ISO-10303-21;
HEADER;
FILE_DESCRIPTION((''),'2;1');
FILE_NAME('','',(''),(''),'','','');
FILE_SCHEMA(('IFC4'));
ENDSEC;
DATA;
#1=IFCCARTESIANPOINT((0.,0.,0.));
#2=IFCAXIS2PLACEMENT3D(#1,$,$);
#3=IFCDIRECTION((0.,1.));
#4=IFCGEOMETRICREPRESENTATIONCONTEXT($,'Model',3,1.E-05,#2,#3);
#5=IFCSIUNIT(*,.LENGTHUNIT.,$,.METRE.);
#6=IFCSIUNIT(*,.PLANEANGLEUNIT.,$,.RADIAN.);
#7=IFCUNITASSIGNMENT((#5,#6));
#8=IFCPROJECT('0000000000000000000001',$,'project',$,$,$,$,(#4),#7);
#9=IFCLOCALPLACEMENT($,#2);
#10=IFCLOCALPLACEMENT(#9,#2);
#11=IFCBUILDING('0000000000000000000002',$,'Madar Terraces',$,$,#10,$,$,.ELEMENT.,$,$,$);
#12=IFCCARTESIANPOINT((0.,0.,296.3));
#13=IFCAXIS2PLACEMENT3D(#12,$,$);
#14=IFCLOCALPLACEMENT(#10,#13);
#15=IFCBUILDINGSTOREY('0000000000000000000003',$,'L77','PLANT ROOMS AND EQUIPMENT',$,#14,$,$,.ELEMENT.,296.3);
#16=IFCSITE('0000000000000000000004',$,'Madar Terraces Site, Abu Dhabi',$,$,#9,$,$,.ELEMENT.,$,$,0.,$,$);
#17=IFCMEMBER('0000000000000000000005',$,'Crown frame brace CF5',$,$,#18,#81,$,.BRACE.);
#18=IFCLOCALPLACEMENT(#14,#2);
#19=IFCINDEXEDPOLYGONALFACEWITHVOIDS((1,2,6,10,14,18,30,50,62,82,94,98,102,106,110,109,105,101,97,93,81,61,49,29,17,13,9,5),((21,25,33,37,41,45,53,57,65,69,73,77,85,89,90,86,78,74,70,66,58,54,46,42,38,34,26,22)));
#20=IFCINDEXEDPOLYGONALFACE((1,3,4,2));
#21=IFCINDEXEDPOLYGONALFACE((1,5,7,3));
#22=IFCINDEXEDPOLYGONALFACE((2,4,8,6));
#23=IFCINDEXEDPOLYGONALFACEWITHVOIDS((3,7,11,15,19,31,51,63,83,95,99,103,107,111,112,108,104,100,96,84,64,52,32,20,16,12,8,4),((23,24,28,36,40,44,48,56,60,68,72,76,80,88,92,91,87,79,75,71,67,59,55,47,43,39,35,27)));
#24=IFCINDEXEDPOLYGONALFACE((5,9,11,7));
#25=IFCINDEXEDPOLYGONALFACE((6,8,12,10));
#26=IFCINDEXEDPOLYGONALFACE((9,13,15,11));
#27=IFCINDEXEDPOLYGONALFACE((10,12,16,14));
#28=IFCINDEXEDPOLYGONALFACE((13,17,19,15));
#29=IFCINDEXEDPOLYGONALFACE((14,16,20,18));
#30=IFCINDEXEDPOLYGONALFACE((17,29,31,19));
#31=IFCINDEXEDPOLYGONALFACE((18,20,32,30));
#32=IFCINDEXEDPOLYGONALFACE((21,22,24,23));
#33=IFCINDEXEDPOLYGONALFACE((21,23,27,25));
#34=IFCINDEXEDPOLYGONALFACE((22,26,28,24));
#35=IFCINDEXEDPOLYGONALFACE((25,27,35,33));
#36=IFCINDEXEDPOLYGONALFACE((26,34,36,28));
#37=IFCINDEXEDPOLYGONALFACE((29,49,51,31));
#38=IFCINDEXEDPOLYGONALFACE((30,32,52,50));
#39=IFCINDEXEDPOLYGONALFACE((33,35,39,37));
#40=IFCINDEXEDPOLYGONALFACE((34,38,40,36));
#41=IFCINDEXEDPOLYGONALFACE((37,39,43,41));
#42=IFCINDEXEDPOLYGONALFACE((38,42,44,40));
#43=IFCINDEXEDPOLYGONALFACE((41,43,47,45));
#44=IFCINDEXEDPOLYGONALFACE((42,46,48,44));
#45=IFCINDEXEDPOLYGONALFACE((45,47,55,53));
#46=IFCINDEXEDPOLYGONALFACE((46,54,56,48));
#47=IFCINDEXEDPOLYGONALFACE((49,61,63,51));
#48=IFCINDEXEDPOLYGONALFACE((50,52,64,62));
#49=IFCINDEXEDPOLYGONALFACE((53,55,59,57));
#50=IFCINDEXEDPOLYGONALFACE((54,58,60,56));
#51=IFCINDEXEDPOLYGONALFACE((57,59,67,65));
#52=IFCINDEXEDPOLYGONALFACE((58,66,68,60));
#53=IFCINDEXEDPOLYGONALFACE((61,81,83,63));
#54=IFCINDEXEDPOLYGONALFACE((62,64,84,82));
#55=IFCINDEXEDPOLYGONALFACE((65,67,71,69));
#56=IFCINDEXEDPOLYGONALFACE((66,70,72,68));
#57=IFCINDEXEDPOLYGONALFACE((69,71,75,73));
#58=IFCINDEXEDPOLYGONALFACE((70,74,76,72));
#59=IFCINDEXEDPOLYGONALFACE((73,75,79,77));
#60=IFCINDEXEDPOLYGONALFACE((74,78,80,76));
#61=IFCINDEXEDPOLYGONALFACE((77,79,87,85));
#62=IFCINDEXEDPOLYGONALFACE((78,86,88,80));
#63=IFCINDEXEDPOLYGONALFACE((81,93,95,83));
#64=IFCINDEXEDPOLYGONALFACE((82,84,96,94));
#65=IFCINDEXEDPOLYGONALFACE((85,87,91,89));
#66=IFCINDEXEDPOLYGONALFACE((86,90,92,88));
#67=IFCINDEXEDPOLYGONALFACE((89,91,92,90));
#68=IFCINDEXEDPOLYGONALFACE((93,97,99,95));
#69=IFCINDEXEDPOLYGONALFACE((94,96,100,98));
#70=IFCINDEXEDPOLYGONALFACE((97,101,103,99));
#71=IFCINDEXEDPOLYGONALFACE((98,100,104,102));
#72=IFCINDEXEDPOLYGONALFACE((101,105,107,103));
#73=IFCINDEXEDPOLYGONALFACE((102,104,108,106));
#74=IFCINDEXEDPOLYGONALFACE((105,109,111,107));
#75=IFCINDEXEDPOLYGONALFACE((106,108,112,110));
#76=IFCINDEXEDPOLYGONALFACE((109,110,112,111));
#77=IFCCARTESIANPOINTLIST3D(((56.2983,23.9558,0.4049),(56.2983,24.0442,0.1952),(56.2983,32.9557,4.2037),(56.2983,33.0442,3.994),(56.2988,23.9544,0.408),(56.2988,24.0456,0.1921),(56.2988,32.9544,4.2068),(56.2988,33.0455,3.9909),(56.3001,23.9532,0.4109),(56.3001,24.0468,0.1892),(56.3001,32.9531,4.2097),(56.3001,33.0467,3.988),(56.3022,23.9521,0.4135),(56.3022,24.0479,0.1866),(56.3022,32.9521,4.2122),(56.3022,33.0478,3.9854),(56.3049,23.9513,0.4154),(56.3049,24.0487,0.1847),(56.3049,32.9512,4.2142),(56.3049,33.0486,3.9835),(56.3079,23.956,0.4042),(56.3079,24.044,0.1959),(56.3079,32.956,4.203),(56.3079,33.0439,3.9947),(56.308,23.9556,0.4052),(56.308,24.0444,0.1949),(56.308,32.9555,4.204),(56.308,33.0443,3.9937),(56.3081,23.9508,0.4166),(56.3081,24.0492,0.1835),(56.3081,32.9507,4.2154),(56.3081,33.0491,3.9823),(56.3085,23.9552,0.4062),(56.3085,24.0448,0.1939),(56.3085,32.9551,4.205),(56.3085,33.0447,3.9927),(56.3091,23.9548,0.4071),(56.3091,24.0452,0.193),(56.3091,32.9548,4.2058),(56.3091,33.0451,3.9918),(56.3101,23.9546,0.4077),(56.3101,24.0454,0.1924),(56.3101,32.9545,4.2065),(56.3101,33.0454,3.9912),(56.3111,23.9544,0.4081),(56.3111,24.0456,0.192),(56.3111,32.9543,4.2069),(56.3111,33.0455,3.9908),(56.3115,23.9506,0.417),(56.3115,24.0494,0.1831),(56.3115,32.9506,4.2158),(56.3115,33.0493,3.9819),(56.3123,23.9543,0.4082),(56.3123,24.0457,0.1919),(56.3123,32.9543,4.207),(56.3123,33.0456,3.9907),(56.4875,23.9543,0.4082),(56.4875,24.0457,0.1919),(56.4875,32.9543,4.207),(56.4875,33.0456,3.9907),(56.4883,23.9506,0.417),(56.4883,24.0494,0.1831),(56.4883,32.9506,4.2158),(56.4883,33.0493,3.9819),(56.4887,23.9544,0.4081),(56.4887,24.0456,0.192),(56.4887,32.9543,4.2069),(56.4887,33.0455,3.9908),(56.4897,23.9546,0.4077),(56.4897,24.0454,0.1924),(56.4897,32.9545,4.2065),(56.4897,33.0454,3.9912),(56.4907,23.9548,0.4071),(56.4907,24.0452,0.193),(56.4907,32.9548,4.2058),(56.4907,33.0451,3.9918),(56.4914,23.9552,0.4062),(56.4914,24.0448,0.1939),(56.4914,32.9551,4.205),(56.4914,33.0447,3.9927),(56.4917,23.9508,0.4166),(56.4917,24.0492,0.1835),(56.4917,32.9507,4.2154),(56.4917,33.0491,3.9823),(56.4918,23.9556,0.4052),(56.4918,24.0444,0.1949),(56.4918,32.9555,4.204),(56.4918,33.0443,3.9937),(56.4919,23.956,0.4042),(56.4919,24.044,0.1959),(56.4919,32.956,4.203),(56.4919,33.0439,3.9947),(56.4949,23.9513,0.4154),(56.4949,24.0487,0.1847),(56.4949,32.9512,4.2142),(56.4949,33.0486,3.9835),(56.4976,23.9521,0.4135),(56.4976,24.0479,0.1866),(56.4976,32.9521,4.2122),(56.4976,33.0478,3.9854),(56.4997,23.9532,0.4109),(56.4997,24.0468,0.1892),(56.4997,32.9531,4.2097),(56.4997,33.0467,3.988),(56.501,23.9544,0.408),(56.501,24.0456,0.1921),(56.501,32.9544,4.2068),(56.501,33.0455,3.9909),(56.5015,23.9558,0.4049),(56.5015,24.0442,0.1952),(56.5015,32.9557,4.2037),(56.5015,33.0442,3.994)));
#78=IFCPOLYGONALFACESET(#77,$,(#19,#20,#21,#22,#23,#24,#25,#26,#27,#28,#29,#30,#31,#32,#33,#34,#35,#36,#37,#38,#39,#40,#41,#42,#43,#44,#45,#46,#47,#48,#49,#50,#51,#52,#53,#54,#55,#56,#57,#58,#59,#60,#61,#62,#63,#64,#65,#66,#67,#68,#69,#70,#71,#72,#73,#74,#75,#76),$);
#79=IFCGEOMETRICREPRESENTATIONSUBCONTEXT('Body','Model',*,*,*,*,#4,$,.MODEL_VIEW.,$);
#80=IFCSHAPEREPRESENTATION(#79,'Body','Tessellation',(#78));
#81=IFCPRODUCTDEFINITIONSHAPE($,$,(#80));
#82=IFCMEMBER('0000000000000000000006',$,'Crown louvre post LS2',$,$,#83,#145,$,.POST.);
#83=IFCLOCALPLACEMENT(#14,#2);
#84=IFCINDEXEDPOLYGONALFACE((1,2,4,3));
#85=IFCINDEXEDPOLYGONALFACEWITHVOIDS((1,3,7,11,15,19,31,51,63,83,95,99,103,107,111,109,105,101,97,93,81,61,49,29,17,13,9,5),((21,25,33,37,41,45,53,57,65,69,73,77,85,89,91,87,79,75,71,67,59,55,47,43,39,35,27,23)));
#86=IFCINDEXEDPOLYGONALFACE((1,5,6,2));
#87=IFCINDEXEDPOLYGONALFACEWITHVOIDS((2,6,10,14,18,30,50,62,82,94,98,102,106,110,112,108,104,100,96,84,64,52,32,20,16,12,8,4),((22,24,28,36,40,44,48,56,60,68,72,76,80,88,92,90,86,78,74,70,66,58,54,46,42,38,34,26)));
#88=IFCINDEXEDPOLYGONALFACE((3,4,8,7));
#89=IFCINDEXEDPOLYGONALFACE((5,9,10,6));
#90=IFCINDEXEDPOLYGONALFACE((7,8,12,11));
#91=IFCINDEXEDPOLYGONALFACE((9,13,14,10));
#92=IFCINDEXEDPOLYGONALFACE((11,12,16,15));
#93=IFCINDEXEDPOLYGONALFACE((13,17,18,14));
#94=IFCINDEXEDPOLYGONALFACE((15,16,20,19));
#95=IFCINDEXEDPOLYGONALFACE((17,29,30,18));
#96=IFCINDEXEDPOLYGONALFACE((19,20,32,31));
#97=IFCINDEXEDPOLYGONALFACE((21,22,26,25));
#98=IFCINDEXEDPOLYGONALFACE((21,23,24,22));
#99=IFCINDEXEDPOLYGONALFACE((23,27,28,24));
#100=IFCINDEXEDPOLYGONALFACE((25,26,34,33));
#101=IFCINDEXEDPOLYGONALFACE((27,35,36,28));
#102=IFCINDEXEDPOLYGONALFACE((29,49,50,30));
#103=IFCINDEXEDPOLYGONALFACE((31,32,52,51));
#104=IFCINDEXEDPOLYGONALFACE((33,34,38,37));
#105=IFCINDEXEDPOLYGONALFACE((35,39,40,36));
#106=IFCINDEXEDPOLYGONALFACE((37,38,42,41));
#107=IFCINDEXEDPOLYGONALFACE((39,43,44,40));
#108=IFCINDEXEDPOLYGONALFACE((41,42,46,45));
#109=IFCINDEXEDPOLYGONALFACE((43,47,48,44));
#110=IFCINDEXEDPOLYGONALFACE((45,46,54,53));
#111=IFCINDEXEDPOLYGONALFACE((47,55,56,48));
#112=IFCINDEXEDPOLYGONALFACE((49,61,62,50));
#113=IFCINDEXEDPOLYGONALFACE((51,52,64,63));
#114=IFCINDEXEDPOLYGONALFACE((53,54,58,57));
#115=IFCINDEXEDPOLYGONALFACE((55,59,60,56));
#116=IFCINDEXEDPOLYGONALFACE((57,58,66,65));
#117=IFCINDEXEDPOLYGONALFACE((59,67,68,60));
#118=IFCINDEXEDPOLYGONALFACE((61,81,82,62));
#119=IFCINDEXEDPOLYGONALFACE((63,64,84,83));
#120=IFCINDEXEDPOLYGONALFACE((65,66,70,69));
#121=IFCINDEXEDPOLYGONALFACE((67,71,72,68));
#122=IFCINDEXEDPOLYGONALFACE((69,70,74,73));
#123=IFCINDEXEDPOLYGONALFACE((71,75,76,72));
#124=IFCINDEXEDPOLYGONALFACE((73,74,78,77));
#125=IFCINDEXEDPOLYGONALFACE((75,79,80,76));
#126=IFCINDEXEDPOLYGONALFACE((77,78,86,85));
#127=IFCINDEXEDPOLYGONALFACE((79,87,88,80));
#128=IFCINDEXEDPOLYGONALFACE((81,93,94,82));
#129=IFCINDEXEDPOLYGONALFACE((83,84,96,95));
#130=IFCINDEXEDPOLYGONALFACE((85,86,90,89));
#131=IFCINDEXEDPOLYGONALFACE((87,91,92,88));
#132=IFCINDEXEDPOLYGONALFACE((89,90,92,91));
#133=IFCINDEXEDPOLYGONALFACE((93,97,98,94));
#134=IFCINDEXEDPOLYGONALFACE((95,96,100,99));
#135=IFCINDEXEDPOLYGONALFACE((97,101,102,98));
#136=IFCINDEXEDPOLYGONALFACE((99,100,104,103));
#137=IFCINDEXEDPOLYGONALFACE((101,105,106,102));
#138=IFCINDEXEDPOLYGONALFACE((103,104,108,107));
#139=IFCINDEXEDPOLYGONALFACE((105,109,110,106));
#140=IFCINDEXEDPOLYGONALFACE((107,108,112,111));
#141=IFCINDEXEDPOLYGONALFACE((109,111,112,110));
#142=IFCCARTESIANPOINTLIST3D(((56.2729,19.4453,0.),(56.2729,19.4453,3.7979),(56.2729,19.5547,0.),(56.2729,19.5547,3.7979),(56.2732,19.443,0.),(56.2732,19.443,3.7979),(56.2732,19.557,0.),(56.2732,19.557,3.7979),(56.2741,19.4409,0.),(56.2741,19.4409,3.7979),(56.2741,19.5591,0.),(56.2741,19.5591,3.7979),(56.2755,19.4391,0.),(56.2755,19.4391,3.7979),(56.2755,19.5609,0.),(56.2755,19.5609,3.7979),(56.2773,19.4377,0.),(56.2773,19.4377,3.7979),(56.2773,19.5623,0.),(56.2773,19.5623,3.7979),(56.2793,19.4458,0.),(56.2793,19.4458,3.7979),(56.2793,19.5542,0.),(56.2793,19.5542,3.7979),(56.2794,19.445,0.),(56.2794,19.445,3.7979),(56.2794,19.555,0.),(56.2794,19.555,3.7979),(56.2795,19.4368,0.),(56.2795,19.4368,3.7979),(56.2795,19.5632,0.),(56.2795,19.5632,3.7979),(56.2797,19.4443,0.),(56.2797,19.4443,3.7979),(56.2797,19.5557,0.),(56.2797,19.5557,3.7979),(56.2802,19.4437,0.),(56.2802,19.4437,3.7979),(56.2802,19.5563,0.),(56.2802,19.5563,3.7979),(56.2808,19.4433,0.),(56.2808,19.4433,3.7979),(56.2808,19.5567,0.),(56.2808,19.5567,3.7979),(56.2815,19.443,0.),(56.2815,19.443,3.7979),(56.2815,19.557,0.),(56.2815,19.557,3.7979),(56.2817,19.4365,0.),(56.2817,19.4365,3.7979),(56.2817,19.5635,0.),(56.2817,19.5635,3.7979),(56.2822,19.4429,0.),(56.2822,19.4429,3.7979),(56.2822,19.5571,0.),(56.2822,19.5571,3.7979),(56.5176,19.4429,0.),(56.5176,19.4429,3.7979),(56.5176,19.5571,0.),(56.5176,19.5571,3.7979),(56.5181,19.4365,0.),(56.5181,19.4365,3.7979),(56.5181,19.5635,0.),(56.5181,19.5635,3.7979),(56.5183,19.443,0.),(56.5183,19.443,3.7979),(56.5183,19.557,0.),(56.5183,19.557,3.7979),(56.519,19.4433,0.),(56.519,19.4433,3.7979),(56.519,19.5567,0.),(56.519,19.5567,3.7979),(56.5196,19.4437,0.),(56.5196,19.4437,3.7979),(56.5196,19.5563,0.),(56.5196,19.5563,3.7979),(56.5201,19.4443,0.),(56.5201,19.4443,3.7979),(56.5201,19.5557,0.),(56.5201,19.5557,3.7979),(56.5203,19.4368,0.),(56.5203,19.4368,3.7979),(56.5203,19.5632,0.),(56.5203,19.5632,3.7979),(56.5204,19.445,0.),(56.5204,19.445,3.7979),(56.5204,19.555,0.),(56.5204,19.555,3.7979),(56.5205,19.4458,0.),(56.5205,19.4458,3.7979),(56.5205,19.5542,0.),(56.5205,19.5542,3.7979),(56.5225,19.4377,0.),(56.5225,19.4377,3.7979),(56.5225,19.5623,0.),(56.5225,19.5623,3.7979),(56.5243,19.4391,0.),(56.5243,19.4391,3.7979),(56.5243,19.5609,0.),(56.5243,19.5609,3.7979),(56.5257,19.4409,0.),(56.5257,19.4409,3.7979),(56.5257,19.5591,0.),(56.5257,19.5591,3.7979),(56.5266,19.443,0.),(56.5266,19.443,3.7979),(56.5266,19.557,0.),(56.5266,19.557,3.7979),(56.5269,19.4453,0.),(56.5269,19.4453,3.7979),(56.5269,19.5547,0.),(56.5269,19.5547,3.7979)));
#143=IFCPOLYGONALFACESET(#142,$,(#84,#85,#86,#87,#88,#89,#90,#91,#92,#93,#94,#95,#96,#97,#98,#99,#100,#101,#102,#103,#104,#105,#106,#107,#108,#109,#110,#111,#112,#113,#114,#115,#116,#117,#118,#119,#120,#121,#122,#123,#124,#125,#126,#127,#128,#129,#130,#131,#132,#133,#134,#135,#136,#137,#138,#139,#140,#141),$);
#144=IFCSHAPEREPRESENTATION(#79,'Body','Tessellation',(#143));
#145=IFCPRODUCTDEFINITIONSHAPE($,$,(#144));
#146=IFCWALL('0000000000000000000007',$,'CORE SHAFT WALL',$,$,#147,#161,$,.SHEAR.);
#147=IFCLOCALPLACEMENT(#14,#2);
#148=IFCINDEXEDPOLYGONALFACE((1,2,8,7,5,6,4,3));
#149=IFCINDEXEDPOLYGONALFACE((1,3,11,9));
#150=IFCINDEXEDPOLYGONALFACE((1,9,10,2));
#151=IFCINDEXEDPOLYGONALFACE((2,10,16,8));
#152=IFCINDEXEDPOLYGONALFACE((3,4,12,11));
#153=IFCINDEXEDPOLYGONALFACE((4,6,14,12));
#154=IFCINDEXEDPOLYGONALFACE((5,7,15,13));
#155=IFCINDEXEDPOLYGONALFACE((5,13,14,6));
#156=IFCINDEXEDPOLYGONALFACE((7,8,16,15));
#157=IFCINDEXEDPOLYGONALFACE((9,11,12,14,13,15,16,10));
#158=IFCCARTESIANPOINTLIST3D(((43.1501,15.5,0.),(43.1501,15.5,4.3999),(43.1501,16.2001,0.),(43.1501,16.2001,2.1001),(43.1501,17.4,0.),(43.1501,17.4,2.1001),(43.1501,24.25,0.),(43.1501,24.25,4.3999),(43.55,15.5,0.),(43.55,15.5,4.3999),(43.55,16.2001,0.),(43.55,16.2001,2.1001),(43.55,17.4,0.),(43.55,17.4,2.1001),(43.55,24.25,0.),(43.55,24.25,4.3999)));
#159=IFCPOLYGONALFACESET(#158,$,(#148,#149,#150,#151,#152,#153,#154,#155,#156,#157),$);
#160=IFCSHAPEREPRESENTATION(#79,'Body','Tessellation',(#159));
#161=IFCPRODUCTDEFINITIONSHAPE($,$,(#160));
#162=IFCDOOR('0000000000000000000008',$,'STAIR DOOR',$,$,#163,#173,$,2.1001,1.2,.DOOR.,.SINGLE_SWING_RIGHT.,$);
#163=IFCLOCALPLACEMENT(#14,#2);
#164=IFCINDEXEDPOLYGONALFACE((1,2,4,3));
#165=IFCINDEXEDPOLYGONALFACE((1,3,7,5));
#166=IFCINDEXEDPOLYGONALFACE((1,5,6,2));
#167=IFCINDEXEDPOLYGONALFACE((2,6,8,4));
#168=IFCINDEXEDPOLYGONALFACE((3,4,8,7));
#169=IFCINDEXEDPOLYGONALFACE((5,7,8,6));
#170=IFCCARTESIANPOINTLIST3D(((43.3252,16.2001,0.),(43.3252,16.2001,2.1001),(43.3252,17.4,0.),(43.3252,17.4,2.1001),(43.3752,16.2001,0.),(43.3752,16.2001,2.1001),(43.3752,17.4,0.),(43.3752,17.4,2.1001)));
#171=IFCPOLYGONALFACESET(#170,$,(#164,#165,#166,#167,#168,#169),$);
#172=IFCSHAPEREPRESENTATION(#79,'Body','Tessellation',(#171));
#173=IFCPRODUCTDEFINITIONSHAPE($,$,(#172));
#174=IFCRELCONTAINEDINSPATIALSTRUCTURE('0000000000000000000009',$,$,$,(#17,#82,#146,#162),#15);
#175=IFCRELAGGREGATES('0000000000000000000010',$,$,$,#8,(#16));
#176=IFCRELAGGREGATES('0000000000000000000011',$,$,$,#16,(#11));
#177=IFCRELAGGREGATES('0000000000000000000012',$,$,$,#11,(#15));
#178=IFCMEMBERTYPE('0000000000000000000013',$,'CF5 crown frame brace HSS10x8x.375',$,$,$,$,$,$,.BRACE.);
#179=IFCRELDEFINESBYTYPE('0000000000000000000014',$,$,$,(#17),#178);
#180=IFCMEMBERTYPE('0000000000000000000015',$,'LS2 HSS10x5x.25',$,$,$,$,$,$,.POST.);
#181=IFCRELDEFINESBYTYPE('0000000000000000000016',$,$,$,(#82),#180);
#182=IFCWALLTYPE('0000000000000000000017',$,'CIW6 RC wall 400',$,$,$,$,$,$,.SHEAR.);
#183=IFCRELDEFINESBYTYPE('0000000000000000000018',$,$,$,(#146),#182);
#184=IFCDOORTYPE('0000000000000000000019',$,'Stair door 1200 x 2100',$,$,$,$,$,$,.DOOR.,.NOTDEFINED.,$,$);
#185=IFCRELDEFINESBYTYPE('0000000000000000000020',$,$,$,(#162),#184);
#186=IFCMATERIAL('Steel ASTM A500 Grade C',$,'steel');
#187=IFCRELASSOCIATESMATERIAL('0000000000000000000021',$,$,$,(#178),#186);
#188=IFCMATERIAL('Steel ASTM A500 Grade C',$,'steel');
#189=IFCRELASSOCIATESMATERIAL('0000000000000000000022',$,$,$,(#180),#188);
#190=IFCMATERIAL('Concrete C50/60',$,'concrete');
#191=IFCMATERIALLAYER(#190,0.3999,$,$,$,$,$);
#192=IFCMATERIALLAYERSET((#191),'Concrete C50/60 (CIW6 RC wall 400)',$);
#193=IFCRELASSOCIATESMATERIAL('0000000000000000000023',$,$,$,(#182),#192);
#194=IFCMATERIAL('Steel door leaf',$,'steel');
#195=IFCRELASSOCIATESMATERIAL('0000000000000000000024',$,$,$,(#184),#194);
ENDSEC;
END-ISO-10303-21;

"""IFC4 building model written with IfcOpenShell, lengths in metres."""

from ifc_helpers import new_model, si_unit, direction, frame, frame_2d, origin, origin_2d, place, context, subcontext, project, spatial, rectangle, hollow_rectangle, extrude, material, layer, layer_set, material_profile, profile_set, type_object, element, fill, save


model = new_model("IFC4")

# Units and contexts
model_context = context("Model", 3, precision=1e-05, world=origin(), true_north=direction((0.0, 1.0)))
body_context = subcontext(model_context, "Body", "Model", "MODEL_VIEW")
ifc_project = project(units=[si_unit("LENGTHUNIT", "METRE"), si_unit("PLANEANGLEUNIT", "RADIAN")], contexts=[model_context])

# Site, building, storey
site_placement = place(None, origin())
site = spatial("IfcSite", under=ifc_project, at=site_placement, Name="Madar Terraces Site, Abu Dhabi", CompositionType="ELEMENT", RefElevation=0.0)
building_placement = place(site_placement, origin())
building = spatial("IfcBuilding", under=site, at=building_placement, Name="Madar Terraces", CompositionType="ELEMENT")
storey_placement = place(building_placement, frame((0.0, 0.0, 296.3)))
storey = spatial("IfcBuildingStorey", under=building, at=storey_placement, Name="L77", Description="PLANT ROOMS AND EQUIPMENT", CompositionType="ELEMENT", Elevation=296.3)

# Members
ifc_material_1 = material(Name="Steel ASTM A500 Grade C", Category="steel")
ifc_material_profile_1 = material_profile(ifc_material_1, hollow_rectangle(XDim=0.2031, YDim=0.2539, WallThickness=0.0095, InnerFilletRadius=0.0044, OuterFilletRadius=0.0132, at=origin_2d()), Name="HSS10x8x.375")
ifc_profile_set_1 = profile_set([ifc_material_profile_1], Name="Steel ASTM A500 Grade C")
member_type_1 = type_object("IfcMemberType", Name="CF5 crown frame brace HSS10x8x.375", PredefinedType="BRACE", material=ifc_profile_set_1)
member_1_placement = place(storey_placement, frame((56.3999, 24.0, 0.3), z_axis=(0.0, 0.921293, 0.38887), x_axis=(-1.0, 0.0, 0.0)))
element("IfcMember", 1, at=member_1_placement, inside=storey, type_object=member_type_1, Name="Crown frame brace CF5", PredefinedType="BRACE", context=body_context, shape_type="SweptSolid", body=[
    extrude(hollow_rectangle(XDim=0.2031, YDim=0.2539, WallThickness=0.0095, InnerFilletRadius=0.0044, OuterFilletRadius=0.0132, at=origin_2d()), origin(), (0.0, 0.0, 1.0), 9.7688),
])
ifc_material_2 = material(Name="Steel ASTM A500 Grade C", Category="steel")
ifc_material_profile_2 = material_profile(ifc_material_2, hollow_rectangle(XDim=0.127, YDim=0.2539, WallThickness=0.0063, InnerFilletRadius=0.0029, OuterFilletRadius=0.0088, at=origin_2d()), Name="HSS10x5x.25")
ifc_profile_set_2 = profile_set([ifc_material_profile_2], Name="Steel ASTM A500 Grade C")
member_type_2 = type_object("IfcMemberType", Name="LS2 HSS10x5x.25", PredefinedType="POST", material=ifc_profile_set_2)
member_2_placement = place(storey_placement, frame((56.3999, 19.5, 0.0), z_axis=(0.0, 0.0, 1.0), x_axis=(0.0, 1.0, 0.0)))
element("IfcMember", 2, at=member_2_placement, inside=storey, type_object=member_type_2, Name="Crown louvre post LS2", PredefinedType="POST", context=body_context, shape_type="SweptSolid", body=[
    extrude(hollow_rectangle(XDim=0.127, YDim=0.2539, WallThickness=0.0063, InnerFilletRadius=0.0029, OuterFilletRadius=0.0088, at=origin_2d()), origin(), (0.0, 0.0, 1.0), 3.7979),
])

# Wall, opening, door
ifc_material_3 = material(Name="Concrete C50/60", Category="concrete")
ifc_layer_1 = layer(ifc_material_3, 0.3999)
ifc_layer_set_1 = layer_set([ifc_layer_1], Name="Concrete C50/60 (CIW6 RC wall 400)")
wall_type_1 = type_object("IfcWallType", Name="CIW6 RC wall 400", PredefinedType="SHEAR", material=ifc_layer_set_1)
wall_1_placement = place(storey_placement, frame((43.3501, 15.5, 0.0), z_axis=(0.0, 0.0, 1.0), x_axis=(0.0, 1.0, 0.0)))
wall_1 = element("IfcWall", 3, at=wall_1_placement, inside=storey, type_object=wall_type_1, Name="CORE SHAFT WALL", PredefinedType="SHEAR", context=body_context, shape_type="SweptSolid", body=[
    extrude(rectangle(XDim=8.75, YDim=0.3999, at=frame_2d((4.375, 0.0))), origin(), (0.0, 0.0, 1.0), 4.3999),
])
opening_1_placement = place(wall_1_placement, frame((0.7, 0.0, 0.0)))
opening_1 = element("IfcOpeningElement", 4, at=opening_1_placement, cuts=wall_1, PredefinedType="OPENING", context=body_context, shape_type="SweptSolid", body=[
    extrude(rectangle(XDim=1.2, YDim=2.1001, at=frame_2d((0.6001, 1.05))), frame((0.0, 0.21, 0.0), z_axis=(0.0, -1.0, 0.0), x_axis=(1.0, 0.0, 0.0)), (0.0, 0.0, 1.0), 0.4199),
])
ifc_material_4 = material(Name="Steel door leaf", Category="steel")
door_type_1 = type_object("IfcDoorType", Name="Stair door 1200 x 2100", OperationType="NOTDEFINED", PredefinedType="DOOR", material=ifc_material_4)
door_1_placement = place(opening_1_placement, origin())
door_1 = element("IfcDoor", 5, at=door_1_placement, inside=storey, type_object=door_type_1, Name="STAIR DOOR", OperationType="SINGLE_SWING_RIGHT", OverallHeight=2.1001, OverallWidth=1.2, PredefinedType="DOOR", context=body_context, shape_type="SweptSolid", body=[
    extrude(rectangle(XDim=1.2, YDim=2.1001, at=frame_2d((0.6001, 1.05))), frame((0.0, 0.0249, 0.0), z_axis=(0.0, -1.0, 0.0), x_axis=(1.0, 0.0, 0.0)), (0.0, 0.0, 1.0), 0.05),
])
fill(opening_1, door_1)

save(model, "model.ifc")
